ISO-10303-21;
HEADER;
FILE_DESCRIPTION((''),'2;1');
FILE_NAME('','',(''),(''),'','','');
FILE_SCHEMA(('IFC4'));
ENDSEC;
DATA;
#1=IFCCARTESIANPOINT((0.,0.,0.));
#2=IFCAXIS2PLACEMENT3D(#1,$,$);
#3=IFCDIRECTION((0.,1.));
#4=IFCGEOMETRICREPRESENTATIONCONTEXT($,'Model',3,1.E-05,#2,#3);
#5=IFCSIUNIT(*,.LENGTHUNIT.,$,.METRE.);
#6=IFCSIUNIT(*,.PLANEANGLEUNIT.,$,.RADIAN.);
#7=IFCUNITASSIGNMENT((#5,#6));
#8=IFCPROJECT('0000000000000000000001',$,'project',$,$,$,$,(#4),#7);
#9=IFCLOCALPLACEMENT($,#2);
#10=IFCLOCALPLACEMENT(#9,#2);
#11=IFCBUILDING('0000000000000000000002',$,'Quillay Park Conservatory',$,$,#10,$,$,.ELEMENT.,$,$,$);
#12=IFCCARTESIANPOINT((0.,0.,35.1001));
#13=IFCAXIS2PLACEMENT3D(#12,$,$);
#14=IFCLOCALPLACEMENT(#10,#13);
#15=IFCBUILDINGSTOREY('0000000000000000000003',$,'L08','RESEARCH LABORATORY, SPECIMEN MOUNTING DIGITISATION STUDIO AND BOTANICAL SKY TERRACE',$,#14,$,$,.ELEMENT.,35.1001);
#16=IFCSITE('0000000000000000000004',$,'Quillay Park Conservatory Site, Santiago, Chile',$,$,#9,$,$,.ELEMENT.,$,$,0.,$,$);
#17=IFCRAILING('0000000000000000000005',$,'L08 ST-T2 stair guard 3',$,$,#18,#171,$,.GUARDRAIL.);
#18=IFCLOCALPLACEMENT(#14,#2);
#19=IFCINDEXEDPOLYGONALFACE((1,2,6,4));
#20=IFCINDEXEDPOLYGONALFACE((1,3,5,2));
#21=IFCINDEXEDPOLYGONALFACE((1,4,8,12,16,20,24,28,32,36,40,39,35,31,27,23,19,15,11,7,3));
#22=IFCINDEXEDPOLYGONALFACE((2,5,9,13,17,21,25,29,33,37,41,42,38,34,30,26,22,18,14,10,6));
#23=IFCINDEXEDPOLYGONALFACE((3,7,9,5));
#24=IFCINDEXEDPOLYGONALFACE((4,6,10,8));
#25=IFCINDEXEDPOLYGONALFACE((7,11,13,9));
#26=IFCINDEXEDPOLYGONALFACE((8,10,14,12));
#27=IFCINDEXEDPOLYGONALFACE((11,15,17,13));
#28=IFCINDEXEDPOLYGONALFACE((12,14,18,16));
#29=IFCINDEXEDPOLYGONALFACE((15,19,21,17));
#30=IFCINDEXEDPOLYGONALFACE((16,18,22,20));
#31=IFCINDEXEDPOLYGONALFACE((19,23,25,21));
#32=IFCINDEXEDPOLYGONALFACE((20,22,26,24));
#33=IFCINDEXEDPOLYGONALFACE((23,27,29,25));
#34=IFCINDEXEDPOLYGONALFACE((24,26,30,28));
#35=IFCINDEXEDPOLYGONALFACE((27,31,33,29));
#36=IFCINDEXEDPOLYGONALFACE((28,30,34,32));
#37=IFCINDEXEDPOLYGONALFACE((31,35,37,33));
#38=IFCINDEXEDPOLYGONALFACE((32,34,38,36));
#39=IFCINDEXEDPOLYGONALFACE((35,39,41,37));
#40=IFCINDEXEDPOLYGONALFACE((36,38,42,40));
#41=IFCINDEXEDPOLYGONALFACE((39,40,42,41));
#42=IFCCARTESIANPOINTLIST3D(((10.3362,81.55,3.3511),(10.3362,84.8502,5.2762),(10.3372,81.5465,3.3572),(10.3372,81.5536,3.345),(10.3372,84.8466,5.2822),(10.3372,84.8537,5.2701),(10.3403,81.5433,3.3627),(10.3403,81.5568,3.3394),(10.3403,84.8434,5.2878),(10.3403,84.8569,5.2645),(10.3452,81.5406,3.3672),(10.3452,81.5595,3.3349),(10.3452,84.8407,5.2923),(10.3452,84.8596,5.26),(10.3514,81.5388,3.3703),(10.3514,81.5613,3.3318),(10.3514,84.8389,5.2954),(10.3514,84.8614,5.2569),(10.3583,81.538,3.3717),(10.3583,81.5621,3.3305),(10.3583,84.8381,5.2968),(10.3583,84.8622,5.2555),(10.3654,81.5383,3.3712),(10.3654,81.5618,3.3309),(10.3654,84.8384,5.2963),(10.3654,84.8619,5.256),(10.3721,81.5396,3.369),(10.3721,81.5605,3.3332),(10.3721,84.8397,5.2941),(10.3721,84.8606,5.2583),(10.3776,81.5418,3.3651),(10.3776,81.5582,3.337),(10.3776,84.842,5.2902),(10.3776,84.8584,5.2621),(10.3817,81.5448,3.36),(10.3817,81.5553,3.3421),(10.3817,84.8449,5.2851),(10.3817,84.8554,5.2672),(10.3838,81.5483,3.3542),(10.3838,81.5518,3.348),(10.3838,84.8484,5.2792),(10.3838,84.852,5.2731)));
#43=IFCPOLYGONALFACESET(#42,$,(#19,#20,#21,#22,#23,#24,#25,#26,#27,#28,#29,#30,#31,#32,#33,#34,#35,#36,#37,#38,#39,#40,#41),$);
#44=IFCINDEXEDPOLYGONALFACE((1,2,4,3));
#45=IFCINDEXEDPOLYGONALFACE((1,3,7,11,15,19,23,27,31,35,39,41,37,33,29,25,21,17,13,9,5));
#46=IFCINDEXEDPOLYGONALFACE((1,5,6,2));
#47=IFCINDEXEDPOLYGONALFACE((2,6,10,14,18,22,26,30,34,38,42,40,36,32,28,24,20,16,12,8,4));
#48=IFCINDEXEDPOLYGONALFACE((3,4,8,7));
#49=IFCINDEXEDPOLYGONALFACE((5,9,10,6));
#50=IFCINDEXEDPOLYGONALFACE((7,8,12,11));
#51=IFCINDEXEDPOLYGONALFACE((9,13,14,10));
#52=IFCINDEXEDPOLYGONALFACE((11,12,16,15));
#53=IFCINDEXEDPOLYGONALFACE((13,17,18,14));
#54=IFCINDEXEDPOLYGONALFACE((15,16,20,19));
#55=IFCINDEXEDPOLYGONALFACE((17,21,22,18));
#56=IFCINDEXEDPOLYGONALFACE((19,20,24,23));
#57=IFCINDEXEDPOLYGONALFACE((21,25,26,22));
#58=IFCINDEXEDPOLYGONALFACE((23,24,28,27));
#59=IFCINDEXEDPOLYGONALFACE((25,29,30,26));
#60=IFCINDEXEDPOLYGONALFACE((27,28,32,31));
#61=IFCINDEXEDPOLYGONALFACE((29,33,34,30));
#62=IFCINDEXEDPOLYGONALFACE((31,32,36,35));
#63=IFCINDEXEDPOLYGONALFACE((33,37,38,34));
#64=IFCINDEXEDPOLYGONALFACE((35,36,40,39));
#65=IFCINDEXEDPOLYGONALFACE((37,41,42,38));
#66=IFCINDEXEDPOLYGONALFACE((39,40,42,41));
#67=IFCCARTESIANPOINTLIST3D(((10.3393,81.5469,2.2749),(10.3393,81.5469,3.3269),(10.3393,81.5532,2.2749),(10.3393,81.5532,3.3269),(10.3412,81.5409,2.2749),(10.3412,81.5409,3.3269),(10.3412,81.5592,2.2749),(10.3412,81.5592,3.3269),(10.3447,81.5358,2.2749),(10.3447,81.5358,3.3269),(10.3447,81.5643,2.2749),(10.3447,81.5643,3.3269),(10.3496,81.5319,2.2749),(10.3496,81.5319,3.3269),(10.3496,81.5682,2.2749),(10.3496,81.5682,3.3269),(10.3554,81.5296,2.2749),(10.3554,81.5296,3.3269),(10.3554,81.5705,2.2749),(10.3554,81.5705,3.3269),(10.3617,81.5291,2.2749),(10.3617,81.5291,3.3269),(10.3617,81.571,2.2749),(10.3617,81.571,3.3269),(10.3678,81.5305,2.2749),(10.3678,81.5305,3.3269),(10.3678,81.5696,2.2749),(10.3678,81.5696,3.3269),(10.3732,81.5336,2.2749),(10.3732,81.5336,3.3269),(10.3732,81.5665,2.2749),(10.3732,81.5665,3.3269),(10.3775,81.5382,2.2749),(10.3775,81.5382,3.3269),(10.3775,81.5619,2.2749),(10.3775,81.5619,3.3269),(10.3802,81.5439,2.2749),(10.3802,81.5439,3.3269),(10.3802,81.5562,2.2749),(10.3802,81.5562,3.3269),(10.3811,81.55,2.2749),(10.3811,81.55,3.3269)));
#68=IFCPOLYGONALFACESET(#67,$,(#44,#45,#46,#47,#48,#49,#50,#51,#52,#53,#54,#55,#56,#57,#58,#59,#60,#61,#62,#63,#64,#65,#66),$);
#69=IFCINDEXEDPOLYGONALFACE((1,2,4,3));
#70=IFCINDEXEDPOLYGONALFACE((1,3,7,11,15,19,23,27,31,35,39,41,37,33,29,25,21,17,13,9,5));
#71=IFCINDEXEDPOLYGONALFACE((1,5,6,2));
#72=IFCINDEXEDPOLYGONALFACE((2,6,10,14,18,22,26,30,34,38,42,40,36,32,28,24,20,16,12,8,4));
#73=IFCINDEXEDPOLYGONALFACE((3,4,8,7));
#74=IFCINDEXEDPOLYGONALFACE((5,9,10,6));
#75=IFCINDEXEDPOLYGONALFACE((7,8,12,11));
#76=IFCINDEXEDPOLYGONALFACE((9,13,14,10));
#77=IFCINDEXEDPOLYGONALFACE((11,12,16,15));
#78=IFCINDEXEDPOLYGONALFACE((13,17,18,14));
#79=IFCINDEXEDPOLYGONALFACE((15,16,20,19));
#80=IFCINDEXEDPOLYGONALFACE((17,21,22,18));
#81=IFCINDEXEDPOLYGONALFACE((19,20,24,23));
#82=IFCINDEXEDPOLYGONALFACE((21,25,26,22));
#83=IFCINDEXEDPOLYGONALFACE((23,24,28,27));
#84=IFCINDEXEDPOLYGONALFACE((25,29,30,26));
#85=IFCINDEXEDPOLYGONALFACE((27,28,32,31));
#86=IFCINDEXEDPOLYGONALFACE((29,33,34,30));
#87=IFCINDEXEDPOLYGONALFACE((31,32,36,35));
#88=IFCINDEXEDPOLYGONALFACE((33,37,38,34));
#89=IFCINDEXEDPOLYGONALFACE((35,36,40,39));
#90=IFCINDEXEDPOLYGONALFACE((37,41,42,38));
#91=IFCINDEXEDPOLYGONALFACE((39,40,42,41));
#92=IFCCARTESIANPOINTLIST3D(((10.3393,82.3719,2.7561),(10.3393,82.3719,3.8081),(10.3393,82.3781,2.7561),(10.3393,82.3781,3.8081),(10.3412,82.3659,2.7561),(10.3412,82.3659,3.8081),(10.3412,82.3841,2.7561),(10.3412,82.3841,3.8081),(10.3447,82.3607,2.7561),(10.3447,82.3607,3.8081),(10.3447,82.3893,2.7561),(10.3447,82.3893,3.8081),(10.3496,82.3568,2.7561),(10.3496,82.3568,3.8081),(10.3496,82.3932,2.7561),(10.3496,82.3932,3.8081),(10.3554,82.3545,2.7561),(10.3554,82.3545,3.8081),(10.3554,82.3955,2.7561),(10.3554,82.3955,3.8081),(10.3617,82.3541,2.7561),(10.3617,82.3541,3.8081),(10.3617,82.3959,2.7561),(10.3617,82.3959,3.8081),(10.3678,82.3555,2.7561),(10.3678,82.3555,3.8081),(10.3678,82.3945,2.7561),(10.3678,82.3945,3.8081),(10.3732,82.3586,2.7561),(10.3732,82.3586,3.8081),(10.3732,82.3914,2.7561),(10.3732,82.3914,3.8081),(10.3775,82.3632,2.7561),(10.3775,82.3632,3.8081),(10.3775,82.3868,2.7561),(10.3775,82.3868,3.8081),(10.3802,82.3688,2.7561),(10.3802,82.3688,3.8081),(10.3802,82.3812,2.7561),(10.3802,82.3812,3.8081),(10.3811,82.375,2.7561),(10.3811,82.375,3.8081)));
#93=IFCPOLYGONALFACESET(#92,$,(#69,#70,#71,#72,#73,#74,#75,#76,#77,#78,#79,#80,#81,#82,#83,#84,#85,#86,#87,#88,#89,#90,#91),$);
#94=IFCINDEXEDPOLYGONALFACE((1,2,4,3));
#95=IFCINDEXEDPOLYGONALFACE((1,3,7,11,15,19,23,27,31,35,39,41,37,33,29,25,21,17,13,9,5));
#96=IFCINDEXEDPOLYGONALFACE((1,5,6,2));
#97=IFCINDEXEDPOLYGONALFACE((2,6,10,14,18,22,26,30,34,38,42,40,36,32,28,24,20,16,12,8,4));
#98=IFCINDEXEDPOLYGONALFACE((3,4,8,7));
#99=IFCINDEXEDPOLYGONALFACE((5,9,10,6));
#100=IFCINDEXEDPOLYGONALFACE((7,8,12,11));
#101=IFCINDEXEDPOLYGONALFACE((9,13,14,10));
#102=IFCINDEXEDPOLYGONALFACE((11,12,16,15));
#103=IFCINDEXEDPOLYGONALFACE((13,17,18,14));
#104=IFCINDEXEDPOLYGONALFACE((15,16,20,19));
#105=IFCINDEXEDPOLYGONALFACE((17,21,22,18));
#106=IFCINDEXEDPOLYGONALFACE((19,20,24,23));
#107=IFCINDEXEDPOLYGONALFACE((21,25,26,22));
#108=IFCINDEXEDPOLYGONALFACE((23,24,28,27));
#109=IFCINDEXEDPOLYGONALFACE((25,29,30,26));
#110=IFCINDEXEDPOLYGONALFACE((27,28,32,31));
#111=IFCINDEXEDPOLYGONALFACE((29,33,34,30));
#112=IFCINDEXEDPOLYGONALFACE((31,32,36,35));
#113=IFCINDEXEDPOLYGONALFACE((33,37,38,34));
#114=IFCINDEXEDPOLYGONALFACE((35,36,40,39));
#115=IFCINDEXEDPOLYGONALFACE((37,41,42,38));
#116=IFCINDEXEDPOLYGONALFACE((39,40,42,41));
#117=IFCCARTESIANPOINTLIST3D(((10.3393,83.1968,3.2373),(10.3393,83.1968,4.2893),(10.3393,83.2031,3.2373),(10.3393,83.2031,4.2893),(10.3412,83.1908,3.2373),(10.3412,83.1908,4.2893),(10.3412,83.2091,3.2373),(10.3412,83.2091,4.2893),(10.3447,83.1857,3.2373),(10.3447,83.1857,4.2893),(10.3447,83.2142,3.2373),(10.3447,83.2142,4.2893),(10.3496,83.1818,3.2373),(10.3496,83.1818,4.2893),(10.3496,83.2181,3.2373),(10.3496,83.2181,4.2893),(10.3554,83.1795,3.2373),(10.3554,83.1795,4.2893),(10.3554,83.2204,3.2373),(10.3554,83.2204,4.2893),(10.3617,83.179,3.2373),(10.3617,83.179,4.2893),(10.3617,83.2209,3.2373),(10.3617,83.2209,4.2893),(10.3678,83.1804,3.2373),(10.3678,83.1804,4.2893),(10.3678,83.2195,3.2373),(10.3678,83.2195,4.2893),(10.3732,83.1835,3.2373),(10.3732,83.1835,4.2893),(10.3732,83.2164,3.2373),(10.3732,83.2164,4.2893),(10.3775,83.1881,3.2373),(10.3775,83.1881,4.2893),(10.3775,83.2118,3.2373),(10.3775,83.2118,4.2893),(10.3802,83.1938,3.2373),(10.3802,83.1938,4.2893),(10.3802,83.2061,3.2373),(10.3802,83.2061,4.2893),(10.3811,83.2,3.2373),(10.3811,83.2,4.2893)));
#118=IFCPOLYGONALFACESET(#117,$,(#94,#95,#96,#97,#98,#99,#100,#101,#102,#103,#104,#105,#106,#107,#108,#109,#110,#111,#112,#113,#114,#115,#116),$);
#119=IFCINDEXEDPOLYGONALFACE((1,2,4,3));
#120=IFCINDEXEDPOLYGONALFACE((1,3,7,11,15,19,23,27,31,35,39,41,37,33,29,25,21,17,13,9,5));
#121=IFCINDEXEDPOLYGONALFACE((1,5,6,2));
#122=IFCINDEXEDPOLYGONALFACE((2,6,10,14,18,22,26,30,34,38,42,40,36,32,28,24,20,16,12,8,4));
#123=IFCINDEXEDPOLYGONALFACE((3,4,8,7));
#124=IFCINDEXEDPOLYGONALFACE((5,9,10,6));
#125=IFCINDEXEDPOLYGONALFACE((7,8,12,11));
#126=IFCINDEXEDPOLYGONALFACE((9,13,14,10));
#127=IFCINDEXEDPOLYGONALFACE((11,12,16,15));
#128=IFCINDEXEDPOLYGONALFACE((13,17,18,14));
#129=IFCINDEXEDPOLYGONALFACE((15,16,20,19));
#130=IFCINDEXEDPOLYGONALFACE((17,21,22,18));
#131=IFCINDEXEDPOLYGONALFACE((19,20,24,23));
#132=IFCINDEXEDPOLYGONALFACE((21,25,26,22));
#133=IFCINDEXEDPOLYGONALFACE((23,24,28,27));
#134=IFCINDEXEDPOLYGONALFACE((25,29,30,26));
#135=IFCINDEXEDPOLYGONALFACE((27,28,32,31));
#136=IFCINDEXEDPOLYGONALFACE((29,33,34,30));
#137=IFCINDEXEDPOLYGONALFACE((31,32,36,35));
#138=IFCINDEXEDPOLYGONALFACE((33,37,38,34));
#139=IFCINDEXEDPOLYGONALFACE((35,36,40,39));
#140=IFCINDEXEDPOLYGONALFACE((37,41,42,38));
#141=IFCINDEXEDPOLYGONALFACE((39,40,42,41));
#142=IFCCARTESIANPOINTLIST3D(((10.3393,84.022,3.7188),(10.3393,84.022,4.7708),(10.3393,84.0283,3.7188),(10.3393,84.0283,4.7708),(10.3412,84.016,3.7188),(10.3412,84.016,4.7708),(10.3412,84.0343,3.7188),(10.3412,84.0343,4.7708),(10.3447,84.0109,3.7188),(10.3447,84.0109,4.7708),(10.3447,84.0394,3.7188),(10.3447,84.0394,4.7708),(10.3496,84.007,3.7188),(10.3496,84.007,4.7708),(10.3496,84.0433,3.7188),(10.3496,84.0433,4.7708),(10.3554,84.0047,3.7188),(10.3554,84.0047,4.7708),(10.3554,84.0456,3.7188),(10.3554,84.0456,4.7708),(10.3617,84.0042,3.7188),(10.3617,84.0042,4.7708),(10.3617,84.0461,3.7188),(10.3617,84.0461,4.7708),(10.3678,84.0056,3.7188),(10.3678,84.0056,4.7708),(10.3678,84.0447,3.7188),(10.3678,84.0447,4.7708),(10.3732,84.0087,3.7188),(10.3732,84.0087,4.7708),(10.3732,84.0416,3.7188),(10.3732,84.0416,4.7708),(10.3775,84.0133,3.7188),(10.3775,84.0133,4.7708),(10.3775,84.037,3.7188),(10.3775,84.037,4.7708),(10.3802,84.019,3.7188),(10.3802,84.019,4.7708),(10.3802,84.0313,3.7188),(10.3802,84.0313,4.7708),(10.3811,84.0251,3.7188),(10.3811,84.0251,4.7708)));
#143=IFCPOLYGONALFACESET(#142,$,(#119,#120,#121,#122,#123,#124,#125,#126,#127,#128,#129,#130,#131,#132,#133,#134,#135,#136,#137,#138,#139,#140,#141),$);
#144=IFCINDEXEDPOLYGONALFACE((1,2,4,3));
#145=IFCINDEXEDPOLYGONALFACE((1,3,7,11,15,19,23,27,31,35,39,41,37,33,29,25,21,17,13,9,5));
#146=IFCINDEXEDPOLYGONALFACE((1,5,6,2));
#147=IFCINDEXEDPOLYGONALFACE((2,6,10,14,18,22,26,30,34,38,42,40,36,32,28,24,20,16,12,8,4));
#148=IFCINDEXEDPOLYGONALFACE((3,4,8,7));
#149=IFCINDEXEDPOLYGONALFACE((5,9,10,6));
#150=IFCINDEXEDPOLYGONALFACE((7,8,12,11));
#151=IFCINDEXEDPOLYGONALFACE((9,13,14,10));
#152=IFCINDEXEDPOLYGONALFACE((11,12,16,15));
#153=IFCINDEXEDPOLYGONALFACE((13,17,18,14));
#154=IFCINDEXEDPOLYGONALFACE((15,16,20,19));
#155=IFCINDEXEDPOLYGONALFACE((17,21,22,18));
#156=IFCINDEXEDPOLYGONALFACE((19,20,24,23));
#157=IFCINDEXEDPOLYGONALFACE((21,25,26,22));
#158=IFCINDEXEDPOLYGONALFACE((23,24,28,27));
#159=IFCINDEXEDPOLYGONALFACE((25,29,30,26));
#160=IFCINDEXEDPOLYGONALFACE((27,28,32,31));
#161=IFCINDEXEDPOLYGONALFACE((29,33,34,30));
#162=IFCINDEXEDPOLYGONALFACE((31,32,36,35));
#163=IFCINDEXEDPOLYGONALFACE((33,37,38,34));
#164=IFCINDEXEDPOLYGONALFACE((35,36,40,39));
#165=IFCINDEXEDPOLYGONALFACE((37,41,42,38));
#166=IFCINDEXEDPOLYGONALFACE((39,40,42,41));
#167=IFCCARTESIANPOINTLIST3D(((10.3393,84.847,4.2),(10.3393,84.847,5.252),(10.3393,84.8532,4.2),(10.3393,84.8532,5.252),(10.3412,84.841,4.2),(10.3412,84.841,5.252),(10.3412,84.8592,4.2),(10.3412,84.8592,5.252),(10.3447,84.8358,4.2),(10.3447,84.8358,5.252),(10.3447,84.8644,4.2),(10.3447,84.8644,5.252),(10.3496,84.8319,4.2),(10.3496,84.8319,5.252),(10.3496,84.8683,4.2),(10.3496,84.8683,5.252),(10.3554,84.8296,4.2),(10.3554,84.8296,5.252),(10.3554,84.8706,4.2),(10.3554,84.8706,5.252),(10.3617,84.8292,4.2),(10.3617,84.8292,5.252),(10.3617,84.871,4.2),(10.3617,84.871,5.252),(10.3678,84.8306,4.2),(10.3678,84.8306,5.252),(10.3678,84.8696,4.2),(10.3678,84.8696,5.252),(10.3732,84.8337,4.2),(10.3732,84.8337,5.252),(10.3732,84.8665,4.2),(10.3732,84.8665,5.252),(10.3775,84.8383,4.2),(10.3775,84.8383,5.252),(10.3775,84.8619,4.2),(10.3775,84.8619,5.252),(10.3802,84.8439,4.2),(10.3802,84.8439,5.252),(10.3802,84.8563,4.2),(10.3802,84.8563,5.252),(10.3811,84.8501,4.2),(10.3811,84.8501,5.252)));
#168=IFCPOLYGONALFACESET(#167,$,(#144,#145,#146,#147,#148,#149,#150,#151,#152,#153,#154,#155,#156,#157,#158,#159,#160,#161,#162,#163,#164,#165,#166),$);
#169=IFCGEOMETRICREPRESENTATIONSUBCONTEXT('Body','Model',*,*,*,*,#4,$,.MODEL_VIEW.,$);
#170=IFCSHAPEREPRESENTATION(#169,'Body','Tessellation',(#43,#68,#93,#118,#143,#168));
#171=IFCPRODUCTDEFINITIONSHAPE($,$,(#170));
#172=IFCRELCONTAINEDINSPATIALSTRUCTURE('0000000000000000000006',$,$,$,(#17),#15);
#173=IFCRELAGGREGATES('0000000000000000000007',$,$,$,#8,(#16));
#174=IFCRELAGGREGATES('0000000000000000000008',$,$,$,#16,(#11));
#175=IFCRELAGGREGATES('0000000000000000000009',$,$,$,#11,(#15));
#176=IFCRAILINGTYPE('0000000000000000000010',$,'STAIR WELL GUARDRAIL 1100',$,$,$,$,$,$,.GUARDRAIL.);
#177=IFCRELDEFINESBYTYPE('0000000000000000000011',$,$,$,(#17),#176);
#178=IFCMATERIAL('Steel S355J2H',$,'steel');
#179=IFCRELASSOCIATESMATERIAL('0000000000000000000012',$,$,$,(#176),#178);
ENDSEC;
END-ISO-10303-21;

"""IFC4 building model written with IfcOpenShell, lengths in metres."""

from ifc_helpers import new_model, si_unit, direction, frame, origin, origin_2d, place, context, subcontext, project, spatial, circle, extrude, material, type_object, element, save


model = new_model("IFC4")

# Units and contexts
model_context = context("Model", 3, precision=1e-05, world=origin(), true_north=direction((0.0, 1.0)))
body_context = subcontext(model_context, "Body", "Model", "MODEL_VIEW")
ifc_project = project(units=[si_unit("LENGTHUNIT", "METRE"), si_unit("PLANEANGLEUNIT", "RADIAN")], contexts=[model_context])

# Site, building, storey
site_placement = place(None, origin())
site = spatial("IfcSite", under=ifc_project, at=site_placement, Name="Quillay Park Conservatory Site, Santiago, Chile", CompositionType="ELEMENT", RefElevation=0.0)
building_placement = place(site_placement, origin())
building = spatial("IfcBuilding", under=site, at=building_placement, Name="Quillay Park Conservatory", CompositionType="ELEMENT")
storey_placement = place(building_placement, frame((0.0, 0.0, 35.1001)))
storey = spatial("IfcBuildingStorey", under=building, at=storey_placement, Name="L08", Description="RESEARCH LABORATORY, SPECIMEN MOUNTING DIGITISATION STUDIO AND BOTANICAL SKY TERRACE", CompositionType="ELEMENT", Elevation=35.1001)

# Railing
ifc_material_1 = material(Name="Steel S355J2H", Category="steel")
railing_type_1 = type_object("IfcRailingType", Name="STAIR WELL GUARDRAIL 1100", PredefinedType="GUARDRAIL", material=ifc_material_1)
railing_1_placement = place(storey_placement, frame((10.3601, 81.55, 2.2749)))
element("IfcRailing", 1, at=railing_1_placement, inside=storey, type_object=railing_type_1, Name="L08 ST-T2 stair guard 3", PredefinedType="GUARDRAIL", context=body_context, shape_type="SweptSolid", body=[
    extrude(circle(Radius=0.0239, at=origin_2d()), frame((0.0, 0.0, 1.0762), z_axis=(0.0, 0.863777, 0.503875), x_axis=(-1.0, 0.0, 0.0)), (0.0, 0.0, 1.0), 3.8206),
    extrude(circle(Radius=0.021, at=origin_2d()), origin(), (0.0, 0.0, 1.0), 1.052),
    extrude(circle(Radius=0.021, at=origin_2d()), frame((0.0, 0.825, 0.4812)), (0.0, 0.0, 1.0), 1.052),
    extrude(circle(Radius=0.021, at=origin_2d()), frame((0.0, 1.6499, 0.9624)), (0.0, 0.0, 1.0), 1.052),
    extrude(circle(Radius=0.021, at=origin_2d()), frame((0.0, 2.4751, 1.4438)), (0.0, 0.0, 1.0), 1.052),
    extrude(circle(Radius=0.021, at=origin_2d()), frame((0.0, 3.3, 1.925)), (0.0, 0.0, 1.0), 1.052),
])

save(model, "model.ifc")
